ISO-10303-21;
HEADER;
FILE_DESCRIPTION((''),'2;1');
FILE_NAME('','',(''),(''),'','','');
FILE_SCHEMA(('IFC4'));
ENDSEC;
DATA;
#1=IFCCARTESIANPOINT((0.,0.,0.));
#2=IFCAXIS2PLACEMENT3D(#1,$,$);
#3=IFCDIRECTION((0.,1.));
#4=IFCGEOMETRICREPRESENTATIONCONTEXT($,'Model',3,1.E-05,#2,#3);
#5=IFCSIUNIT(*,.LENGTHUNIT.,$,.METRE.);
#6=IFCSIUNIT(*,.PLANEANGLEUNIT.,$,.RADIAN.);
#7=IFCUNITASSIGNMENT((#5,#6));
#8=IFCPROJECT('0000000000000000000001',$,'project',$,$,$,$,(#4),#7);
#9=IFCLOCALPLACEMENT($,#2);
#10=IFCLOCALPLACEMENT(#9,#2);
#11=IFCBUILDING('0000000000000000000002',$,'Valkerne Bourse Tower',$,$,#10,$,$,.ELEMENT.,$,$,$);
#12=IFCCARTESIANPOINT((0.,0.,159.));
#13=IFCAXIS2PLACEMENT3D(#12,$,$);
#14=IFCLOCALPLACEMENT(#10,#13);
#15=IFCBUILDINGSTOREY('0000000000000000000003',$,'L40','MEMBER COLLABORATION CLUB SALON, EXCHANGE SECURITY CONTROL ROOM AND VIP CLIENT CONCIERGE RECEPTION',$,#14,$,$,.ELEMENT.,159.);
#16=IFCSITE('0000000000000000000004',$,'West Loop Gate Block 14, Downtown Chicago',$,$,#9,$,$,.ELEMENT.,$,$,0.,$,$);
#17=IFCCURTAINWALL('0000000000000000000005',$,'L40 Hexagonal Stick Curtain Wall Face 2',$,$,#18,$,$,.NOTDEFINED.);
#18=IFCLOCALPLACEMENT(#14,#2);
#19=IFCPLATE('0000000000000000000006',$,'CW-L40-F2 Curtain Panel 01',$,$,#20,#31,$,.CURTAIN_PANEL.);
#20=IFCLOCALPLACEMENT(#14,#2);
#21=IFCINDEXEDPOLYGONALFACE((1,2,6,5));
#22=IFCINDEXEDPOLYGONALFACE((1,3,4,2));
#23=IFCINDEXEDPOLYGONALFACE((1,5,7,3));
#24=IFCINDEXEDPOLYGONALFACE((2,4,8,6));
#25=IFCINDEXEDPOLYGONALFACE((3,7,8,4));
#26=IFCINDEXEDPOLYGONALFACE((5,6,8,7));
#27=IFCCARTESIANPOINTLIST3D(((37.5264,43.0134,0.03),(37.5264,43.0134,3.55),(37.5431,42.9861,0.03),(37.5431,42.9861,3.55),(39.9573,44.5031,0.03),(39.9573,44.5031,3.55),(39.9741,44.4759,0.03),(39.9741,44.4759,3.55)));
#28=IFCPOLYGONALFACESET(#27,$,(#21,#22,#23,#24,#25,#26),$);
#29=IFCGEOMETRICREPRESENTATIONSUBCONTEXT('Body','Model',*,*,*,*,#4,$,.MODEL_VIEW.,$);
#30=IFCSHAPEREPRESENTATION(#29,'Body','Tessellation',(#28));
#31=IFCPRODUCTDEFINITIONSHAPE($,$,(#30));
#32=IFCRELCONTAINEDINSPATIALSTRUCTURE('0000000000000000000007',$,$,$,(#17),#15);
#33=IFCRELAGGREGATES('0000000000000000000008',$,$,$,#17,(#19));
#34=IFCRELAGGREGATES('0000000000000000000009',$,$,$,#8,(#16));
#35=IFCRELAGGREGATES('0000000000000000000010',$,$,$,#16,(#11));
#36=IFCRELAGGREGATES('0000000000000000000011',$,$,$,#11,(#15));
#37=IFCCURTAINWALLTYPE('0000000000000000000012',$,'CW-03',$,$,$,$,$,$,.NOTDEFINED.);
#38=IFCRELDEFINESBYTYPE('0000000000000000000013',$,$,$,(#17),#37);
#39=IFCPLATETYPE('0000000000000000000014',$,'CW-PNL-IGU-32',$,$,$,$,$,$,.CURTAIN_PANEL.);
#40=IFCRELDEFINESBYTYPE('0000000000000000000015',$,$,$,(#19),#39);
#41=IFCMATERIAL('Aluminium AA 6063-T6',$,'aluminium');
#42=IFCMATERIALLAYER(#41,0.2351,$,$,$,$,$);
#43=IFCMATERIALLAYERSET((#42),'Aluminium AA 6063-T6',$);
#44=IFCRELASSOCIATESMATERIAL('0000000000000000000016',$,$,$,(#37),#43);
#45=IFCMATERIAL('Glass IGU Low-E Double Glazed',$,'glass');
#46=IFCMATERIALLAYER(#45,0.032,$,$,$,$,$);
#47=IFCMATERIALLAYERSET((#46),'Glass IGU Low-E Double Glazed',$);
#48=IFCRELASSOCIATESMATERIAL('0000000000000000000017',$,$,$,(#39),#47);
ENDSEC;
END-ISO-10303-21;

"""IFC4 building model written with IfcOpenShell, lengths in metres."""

from ifc_helpers import new_model, si_unit, direction, frame, origin, origin_2d, place, context, subcontext, project, spatial, rectangle, extrude, material, layer, layer_set, type_object, element, aggregate, save


model = new_model("IFC4")

# Units and contexts
model_context = context("Model", 3, precision=1e-05, world=origin(), true_north=direction((0.0, 1.0)))
body_context = subcontext(model_context, "Body", "Model", "MODEL_VIEW")
ifc_project = project(units=[si_unit("LENGTHUNIT", "METRE"), si_unit("PLANEANGLEUNIT", "RADIAN")], contexts=[model_context])

# Site, building, storey
site_placement = place(None, origin())
site = spatial("IfcSite", under=ifc_project, at=site_placement, Name="West Loop Gate Block 14, Downtown Chicago", CompositionType="ELEMENT", RefElevation=0.0)
building_placement = place(site_placement, origin())
building = spatial("IfcBuilding", under=site, at=building_placement, Name="Valkerne Bourse Tower", CompositionType="ELEMENT")
storey_placement = place(building_placement, frame((0.0, 0.0, 159.0)))
storey = spatial("IfcBuildingStorey", under=building, at=storey_placement, Name="L40", Description="MEMBER COLLABORATION CLUB SALON, EXCHANGE SECURITY CONTROL ROOM AND VIP CLIENT CONCIERGE RECEPTION", CompositionType="ELEMENT", Elevation=159.0)

# Shared definitions
ifc_material_1 = material(Name="Aluminium AA 6063-T6", Category="aluminium")
ifc_layer_1 = layer(ifc_material_1, 0.2351)
ifc_layer_set_1 = layer_set([ifc_layer_1], Name="Aluminium AA 6063-T6")
curtain_wall_type = type_object("IfcCurtainWallType", Name="CW-03", PredefinedType="NOTDEFINED", material=ifc_layer_set_1)

# Curtain wall
curtain_wall_1_placement = place(storey_placement, origin())
curtain_wall_1 = element("IfcCurtainWall", 1, at=curtain_wall_1_placement, inside=storey, type_object=curtain_wall_type, Name="L40 Hexagonal Stick Curtain Wall Face 2", PredefinedType="NOTDEFINED")

# Plate
ifc_material_2 = material(Name="Glass IGU Low-E Double Glazed", Category="glass")
ifc_layer_2 = layer(ifc_material_2, 0.032)
ifc_layer_set_2 = layer_set([ifc_layer_2], Name="Glass IGU Low-E Double Glazed")
plate_type = type_object("IfcPlateType", Name="CW-PNL-IGU-32", PredefinedType="CURTAIN_PANEL", material=ifc_layer_set_2)
plate_1_placement = place(storey_placement, frame((38.7502, 43.7446, 0.03), z_axis=(0.0, 0.0, 1.0), x_axis=(-0.852633, -0.52251, 0.0)))
plate_1 = element("IfcPlate", 2, at=plate_1_placement, type_object=plate_type, Name="CW-L40-F2 Curtain Panel 01", PredefinedType="CURTAIN_PANEL", context=body_context, shape_type="SweptSolid", body=[
    extrude(rectangle(XDim=2.8511, YDim=0.032, at=origin_2d()), origin(), (0.0, 0.0, 1.0), 3.52),
])
aggregate(curtain_wall_1, [plate_1])

save(model, "model.ifc")
